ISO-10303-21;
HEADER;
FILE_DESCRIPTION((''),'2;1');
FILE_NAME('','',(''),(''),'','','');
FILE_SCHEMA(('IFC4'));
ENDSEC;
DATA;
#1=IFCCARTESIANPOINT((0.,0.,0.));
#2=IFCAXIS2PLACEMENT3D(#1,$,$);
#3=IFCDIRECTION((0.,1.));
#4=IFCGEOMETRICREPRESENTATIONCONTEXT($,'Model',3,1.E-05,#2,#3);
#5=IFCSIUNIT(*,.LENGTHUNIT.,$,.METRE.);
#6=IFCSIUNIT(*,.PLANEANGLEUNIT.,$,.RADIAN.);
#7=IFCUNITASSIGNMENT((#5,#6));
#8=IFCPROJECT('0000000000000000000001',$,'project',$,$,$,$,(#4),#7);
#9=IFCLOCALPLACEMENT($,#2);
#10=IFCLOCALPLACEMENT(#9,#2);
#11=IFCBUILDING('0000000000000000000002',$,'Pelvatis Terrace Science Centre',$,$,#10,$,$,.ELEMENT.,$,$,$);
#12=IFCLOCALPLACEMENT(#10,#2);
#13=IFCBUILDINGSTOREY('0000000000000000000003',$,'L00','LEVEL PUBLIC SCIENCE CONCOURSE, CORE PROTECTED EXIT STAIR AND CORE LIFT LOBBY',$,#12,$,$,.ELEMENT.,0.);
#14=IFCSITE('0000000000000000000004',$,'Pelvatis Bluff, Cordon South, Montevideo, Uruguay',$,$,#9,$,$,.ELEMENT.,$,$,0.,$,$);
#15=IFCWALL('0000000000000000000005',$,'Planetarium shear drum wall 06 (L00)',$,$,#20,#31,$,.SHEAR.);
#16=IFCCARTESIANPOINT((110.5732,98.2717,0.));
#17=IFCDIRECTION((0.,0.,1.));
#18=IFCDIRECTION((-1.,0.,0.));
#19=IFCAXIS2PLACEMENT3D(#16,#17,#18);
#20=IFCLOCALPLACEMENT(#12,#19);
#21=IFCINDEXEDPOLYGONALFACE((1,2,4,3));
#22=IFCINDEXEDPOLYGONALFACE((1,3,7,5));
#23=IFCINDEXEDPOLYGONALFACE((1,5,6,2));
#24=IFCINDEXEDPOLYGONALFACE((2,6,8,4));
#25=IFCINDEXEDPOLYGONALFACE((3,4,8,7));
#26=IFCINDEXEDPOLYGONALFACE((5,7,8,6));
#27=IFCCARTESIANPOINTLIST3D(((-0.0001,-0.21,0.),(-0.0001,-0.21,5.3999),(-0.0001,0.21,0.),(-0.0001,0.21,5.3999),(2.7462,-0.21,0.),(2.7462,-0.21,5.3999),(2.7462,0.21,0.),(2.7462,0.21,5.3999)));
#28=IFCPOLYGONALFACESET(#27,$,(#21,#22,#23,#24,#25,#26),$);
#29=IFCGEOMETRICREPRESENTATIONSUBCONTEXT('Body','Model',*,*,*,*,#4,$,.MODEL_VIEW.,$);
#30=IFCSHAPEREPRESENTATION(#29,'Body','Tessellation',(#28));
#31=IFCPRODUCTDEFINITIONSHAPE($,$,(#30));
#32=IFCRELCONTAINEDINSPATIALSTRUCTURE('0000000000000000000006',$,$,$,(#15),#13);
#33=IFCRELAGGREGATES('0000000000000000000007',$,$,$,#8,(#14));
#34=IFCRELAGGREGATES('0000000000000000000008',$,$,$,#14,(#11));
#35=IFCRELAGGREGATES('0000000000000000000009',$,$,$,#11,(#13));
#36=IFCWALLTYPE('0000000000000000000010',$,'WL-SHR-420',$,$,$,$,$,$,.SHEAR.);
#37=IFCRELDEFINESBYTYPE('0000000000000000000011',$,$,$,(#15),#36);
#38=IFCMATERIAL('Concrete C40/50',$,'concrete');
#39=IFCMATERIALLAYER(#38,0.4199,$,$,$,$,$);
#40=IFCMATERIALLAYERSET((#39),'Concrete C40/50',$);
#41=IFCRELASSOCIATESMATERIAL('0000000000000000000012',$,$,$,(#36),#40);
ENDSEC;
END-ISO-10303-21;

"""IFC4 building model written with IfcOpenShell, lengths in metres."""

from ifc_helpers import new_model, si_unit, direction, frame, frame_2d, origin, place, context, subcontext, project, spatial, rectangle, extrude, material, layer, layer_set, type_object, element, save


model = new_model("IFC4")

# Units and contexts
model_context = context("Model", 3, precision=1e-05, world=origin(), true_north=direction((0.0, 1.0)))
body_context = subcontext(model_context, "Body", "Model", "MODEL_VIEW")
ifc_project = project(units=[si_unit("LENGTHUNIT", "METRE"), si_unit("PLANEANGLEUNIT", "RADIAN")], contexts=[model_context])

# Site, building, storey
site_placement = place(None, origin())
site = spatial("IfcSite", under=ifc_project, at=site_placement, Name="Pelvatis Bluff, Cordon South, Montevideo, Uruguay", CompositionType="ELEMENT", RefElevation=0.0)
building_placement = place(site_placement, origin())
building = spatial("IfcBuilding", under=site, at=building_placement, Name="Pelvatis Terrace Science Centre", CompositionType="ELEMENT")
storey_placement = place(building_placement, origin())
storey = spatial("IfcBuildingStorey", under=building, at=storey_placement, Name="L00", Description="LEVEL PUBLIC SCIENCE CONCOURSE, CORE PROTECTED EXIT STAIR AND CORE LIFT LOBBY", CompositionType="ELEMENT", Elevation=0.0)

# Wall
ifc_material_1 = material(Name="Concrete C40/50", Category="concrete")
ifc_layer_1 = layer(ifc_material_1, 0.4199)
ifc_layer_set_1 = layer_set([ifc_layer_1], Name="Concrete C40/50")
wall_type = type_object("IfcWallType", Name="WL-SHR-420", PredefinedType="SHEAR", material=ifc_layer_set_1)
wall_placement = place(storey_placement, frame((110.5732, 98.2717, 0.0), z_axis=(0.0, 0.0, 1.0), x_axis=(-1.0, 0.0, 0.0)))
element("IfcWall", 1, at=wall_placement, inside=storey, type_object=wall_type, Name="Planetarium shear drum wall 06 (L00)", PredefinedType="SHEAR", context=body_context, shape_type="SweptSolid", body=[
    extrude(rectangle(XDim=2.7463, YDim=0.4199, at=frame_2d((1.373, 0.0))), origin(), (0.0, 0.0, 1.0), 5.3999),
])

save(model, "model.ifc")
